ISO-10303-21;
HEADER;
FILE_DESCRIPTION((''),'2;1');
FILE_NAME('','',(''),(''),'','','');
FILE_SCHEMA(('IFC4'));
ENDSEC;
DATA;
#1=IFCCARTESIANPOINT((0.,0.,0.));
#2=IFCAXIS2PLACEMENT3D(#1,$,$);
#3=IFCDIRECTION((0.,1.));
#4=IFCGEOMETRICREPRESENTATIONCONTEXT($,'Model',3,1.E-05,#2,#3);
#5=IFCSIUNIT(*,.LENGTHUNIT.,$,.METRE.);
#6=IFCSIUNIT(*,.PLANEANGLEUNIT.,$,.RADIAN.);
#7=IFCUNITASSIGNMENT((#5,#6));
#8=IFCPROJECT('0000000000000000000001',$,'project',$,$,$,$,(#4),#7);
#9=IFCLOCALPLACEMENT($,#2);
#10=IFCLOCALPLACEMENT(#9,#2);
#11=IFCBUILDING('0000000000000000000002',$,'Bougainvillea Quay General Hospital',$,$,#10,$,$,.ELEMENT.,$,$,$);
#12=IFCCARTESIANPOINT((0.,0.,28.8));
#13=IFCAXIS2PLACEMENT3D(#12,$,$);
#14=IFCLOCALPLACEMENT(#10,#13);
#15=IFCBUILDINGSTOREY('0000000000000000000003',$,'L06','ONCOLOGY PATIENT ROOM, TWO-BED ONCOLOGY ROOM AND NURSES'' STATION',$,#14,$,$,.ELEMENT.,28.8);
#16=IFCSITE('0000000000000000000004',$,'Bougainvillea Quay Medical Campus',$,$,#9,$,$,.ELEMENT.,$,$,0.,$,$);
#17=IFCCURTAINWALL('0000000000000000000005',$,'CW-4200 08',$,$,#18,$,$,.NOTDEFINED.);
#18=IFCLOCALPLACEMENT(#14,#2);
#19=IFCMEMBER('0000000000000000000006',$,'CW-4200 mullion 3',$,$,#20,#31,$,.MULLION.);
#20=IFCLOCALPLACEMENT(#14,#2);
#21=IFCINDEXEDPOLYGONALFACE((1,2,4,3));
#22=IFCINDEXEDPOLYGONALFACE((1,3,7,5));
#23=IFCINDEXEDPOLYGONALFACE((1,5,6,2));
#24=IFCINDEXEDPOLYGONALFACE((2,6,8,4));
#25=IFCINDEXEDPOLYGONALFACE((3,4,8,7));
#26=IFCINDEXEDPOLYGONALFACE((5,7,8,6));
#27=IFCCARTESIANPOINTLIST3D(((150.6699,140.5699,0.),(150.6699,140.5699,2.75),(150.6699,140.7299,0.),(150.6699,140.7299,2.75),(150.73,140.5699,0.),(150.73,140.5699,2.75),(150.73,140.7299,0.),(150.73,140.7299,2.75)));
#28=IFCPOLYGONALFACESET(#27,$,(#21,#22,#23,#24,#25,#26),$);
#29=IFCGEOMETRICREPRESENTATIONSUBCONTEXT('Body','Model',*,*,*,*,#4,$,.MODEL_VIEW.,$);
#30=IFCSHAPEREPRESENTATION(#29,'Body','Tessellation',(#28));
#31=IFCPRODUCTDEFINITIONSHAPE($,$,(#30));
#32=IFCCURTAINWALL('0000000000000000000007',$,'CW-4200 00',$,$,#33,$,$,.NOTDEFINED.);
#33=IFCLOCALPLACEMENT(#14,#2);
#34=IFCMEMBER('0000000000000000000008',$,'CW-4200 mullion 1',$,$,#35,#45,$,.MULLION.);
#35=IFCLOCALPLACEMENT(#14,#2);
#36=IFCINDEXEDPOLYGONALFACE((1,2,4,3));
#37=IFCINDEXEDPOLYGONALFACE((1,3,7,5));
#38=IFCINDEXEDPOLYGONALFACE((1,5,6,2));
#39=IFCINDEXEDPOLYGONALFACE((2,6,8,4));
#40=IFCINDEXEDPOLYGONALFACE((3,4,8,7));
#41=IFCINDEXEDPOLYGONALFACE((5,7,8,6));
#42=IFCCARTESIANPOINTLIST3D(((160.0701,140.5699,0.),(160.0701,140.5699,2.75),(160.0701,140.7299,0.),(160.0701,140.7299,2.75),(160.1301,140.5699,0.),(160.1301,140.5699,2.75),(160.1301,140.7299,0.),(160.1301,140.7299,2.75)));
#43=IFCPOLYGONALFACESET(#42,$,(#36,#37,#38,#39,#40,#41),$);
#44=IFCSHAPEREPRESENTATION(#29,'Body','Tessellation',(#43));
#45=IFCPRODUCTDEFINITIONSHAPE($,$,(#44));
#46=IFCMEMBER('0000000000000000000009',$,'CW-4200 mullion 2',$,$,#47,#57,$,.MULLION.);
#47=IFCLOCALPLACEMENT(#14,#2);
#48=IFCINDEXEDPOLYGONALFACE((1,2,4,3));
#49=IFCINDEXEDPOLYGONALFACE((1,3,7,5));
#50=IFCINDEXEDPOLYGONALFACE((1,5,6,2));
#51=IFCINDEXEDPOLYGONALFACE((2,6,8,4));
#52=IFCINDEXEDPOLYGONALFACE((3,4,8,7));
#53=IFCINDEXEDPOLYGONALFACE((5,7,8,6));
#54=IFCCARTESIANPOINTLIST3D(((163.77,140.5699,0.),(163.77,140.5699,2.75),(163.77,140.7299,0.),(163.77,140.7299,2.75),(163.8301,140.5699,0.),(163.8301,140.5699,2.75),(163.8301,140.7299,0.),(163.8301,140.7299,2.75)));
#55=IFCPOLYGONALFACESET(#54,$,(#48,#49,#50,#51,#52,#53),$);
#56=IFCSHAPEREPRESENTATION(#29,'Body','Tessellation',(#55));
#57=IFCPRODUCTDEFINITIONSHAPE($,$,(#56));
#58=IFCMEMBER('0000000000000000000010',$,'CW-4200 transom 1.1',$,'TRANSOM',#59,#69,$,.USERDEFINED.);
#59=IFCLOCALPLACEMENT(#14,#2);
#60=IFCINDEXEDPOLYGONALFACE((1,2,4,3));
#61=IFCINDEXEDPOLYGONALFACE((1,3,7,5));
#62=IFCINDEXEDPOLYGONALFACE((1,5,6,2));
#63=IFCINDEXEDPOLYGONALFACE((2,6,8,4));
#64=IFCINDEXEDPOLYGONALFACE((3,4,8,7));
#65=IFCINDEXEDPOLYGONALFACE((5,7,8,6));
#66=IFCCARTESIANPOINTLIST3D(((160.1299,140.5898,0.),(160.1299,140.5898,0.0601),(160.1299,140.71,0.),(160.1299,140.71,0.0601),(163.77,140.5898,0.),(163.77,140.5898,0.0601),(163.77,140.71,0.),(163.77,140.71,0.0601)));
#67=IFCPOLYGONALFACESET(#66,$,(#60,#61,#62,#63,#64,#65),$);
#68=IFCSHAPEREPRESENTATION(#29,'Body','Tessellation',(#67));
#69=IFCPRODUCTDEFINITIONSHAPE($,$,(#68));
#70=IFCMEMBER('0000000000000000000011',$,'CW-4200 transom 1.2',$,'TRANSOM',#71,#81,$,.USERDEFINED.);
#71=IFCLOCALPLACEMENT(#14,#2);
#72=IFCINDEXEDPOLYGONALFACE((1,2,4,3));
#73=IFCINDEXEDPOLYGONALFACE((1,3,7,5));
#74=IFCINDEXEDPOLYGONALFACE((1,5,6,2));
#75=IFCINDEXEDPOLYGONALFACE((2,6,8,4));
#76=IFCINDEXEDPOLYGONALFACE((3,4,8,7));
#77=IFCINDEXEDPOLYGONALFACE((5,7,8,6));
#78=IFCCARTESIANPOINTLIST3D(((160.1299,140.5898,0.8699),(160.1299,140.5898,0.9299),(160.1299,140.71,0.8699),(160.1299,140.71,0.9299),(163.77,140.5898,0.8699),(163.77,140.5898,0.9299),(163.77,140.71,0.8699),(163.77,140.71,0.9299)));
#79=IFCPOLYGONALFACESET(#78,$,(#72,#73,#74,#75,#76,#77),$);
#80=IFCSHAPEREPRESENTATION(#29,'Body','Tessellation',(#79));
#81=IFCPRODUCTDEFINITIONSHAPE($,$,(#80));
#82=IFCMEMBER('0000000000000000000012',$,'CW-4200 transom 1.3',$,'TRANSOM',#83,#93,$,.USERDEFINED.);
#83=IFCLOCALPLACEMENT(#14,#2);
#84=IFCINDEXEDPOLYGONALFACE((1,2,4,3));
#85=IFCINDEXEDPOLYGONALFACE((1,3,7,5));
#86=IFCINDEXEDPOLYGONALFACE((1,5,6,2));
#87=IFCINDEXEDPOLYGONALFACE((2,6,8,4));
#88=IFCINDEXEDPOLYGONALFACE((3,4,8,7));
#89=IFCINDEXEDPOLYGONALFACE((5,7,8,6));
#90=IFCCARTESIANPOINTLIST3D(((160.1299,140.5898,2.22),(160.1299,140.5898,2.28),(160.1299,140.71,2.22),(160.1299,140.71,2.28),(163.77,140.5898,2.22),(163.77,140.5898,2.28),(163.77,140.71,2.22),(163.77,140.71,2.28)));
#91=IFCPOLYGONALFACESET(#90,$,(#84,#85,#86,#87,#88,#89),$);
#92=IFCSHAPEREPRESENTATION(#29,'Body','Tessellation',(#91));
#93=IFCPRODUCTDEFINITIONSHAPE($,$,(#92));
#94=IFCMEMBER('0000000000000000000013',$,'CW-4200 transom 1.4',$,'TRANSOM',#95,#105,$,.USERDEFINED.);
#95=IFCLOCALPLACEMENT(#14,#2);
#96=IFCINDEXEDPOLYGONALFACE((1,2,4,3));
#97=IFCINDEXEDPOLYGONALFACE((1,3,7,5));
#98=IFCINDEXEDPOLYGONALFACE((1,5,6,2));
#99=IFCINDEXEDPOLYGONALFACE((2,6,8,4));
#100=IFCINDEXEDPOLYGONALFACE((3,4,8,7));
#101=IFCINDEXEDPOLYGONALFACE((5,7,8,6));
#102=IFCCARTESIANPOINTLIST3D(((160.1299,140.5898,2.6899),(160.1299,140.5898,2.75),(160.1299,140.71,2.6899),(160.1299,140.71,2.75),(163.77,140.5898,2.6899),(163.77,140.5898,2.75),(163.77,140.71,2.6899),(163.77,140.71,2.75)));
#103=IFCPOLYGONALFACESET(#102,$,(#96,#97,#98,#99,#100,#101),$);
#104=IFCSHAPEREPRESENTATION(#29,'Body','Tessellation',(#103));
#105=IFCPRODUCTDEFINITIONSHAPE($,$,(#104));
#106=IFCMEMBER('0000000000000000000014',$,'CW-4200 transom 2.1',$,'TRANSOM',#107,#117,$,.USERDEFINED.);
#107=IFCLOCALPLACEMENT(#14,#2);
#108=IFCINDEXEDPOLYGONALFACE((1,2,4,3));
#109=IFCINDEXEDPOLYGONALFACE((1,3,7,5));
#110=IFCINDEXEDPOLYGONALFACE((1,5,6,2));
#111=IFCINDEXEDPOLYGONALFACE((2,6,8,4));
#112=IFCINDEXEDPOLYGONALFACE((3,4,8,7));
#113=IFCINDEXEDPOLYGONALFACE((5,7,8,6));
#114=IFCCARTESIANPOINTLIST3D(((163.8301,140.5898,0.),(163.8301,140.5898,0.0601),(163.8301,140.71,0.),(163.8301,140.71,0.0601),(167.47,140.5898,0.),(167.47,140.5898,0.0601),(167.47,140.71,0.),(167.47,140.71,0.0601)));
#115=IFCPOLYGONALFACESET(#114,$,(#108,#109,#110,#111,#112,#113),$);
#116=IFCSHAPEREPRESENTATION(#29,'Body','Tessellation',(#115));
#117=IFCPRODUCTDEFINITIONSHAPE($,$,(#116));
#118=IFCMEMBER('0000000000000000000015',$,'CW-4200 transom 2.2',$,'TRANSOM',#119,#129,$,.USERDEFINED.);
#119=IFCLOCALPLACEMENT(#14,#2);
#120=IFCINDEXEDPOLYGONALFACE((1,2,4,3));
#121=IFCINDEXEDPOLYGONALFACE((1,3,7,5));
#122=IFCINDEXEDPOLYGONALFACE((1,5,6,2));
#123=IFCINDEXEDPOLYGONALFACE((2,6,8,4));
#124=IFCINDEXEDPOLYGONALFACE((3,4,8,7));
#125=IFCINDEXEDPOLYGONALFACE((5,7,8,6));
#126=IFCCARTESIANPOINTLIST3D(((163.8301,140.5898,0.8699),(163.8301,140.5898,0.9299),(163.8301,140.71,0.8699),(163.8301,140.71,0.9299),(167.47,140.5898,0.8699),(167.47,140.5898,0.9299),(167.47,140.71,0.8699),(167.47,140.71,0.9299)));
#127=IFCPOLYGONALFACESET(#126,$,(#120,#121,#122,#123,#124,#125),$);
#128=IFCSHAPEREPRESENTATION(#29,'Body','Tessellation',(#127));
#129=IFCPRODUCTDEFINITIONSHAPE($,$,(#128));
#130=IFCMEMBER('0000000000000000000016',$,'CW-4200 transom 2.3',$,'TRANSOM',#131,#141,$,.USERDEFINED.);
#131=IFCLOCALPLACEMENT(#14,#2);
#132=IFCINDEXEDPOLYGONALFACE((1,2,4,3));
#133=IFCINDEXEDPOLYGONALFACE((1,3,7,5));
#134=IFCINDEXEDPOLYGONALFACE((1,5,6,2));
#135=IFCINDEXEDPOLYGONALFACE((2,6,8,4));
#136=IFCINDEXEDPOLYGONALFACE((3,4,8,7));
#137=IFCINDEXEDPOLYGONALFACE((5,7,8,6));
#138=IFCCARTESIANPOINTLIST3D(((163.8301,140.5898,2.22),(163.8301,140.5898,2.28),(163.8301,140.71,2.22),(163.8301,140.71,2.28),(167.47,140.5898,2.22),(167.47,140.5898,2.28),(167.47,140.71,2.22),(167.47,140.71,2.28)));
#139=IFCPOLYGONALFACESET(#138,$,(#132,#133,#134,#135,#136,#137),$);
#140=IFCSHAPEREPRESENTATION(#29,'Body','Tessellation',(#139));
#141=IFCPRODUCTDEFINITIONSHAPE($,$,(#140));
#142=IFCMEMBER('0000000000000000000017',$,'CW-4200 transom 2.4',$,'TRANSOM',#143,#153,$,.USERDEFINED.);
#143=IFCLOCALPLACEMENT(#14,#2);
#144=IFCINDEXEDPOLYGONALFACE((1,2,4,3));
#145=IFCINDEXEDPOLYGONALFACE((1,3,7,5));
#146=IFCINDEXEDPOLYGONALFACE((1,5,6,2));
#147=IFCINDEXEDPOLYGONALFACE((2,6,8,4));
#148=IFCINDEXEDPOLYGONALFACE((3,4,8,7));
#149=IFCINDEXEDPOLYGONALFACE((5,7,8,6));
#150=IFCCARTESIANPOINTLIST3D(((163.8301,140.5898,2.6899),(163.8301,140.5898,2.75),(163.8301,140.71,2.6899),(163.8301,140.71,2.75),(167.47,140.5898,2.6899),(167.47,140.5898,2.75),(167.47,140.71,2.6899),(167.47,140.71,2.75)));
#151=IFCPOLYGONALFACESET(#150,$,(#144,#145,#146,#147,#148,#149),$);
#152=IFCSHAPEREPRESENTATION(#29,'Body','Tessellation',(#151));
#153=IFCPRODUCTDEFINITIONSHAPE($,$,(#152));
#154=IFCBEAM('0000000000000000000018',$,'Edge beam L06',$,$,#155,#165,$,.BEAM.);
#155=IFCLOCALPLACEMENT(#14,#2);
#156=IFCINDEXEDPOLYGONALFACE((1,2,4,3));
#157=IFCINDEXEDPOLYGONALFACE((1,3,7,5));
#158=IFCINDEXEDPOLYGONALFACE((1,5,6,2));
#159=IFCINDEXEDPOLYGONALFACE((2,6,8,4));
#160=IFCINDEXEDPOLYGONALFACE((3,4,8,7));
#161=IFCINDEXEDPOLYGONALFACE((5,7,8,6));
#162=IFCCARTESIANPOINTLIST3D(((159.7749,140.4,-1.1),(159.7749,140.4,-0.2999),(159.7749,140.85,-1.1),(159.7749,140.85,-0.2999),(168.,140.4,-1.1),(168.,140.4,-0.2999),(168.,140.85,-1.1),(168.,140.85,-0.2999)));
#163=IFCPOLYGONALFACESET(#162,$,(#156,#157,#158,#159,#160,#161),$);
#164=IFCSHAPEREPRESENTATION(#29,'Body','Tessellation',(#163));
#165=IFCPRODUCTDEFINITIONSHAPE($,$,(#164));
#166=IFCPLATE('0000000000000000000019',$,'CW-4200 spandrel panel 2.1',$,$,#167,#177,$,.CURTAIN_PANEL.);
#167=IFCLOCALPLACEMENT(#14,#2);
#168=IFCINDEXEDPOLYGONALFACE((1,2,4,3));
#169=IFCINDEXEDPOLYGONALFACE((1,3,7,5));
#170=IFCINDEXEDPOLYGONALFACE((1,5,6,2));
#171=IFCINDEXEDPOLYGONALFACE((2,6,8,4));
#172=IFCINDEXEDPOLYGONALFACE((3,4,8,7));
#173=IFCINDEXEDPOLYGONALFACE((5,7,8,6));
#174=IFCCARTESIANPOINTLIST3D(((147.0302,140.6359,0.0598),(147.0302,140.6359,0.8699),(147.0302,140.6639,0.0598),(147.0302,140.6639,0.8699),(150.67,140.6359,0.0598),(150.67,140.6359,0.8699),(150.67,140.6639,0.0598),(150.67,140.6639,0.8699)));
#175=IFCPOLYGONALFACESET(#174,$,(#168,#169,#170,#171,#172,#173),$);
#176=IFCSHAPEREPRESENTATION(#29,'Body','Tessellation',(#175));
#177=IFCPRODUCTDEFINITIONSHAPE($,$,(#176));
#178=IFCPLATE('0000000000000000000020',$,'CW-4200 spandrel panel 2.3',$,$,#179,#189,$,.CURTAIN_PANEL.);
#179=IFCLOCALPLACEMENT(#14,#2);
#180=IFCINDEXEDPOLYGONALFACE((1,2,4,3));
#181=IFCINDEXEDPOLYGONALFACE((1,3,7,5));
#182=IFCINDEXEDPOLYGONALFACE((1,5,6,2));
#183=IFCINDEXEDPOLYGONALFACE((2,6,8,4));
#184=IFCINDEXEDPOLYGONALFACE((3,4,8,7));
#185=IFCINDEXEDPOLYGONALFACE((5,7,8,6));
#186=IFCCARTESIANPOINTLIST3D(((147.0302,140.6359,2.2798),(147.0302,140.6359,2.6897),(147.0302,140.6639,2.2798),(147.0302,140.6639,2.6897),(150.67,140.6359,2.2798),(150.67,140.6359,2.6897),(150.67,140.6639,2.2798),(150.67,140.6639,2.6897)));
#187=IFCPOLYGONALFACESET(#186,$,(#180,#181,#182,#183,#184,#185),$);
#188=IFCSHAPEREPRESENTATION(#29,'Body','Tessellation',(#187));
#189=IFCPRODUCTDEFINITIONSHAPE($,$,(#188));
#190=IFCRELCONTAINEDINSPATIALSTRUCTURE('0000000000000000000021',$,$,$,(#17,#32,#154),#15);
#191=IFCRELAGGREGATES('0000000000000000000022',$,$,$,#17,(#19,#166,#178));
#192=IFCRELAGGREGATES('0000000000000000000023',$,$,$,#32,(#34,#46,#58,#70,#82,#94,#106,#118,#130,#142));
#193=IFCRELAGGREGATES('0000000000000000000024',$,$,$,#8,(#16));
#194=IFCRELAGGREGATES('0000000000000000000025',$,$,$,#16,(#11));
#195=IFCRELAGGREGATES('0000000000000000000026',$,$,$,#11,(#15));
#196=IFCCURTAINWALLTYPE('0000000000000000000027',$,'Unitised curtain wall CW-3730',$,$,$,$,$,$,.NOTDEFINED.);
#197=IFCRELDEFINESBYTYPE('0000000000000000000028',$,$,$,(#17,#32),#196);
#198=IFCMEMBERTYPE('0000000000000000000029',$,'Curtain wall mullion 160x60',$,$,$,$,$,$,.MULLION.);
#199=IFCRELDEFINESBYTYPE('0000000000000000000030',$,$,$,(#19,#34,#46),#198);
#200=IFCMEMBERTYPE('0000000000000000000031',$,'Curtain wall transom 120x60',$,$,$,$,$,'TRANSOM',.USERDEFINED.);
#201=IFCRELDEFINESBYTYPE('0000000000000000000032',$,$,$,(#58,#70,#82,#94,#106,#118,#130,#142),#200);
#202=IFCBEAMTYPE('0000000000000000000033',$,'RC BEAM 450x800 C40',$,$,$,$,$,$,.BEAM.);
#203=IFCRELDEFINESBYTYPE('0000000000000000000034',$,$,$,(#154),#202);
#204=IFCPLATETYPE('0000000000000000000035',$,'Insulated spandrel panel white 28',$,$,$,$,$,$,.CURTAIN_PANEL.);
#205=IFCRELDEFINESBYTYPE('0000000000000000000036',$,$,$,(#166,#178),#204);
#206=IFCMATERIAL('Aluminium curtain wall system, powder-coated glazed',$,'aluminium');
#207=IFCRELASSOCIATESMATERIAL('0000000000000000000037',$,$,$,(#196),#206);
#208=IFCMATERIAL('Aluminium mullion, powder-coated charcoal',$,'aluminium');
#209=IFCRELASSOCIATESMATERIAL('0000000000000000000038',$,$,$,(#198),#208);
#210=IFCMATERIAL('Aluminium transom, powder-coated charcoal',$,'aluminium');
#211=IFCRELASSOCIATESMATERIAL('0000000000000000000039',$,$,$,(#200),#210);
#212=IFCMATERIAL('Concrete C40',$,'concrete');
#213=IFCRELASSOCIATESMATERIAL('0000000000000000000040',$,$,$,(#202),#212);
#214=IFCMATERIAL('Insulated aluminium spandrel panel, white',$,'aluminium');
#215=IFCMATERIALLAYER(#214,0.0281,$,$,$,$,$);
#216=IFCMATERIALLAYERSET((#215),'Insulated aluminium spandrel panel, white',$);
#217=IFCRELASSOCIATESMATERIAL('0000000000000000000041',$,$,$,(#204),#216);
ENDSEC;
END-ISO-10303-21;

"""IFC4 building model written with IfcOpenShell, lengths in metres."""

from ifc_helpers import new_model, si_unit, direction, frame, origin, origin_2d, place, context, subcontext, project, spatial, rectangle, extrude, material, layer, layer_set, material_profile, profile_set, type_object, element, aggregate, save


model = new_model("IFC4")

# Units and contexts
model_context = context("Model", 3, precision=1e-05, world=origin(), true_north=direction((0.0, 1.0)))
body_context = subcontext(model_context, "Body", "Model", "MODEL_VIEW")
ifc_project = project(units=[si_unit("LENGTHUNIT", "METRE"), si_unit("PLANEANGLEUNIT", "RADIAN")], contexts=[model_context])

# Site, building, storey
site_placement = place(None, origin())
site = spatial("IfcSite", under=ifc_project, at=site_placement, Name="Bougainvillea Quay Medical Campus", CompositionType="ELEMENT", RefElevation=0.0)
building_placement = place(site_placement, origin())
building = spatial("IfcBuilding", under=site, at=building_placement, Name="Bougainvillea Quay General Hospital", CompositionType="ELEMENT")
storey_placement = place(building_placement, frame((0.0, 0.0, 28.8)))
storey = spatial("IfcBuildingStorey", under=building, at=storey_placement, Name="L06", Description="ONCOLOGY PATIENT ROOM, TWO-BED ONCOLOGY ROOM AND NURSES' STATION", CompositionType="ELEMENT", Elevation=28.8)

# Curtain wall, member
ifc_material_1 = material(Name="Aluminium curtain wall system, powder-coated glazed", Category="aluminium")
curtain_wall_type = type_object("IfcCurtainWallType", Name="Unitised curtain wall CW-3730", PredefinedType="NOTDEFINED", material=ifc_material_1)
curtain_wall_1_placement = place(storey_placement, origin())
curtain_wall_1 = element("IfcCurtainWall", 1, at=curtain_wall_1_placement, inside=storey, type_object=curtain_wall_type, Name="CW-4200 08", PredefinedType="NOTDEFINED")
ifc_material_2 = material(Name="Aluminium mullion, powder-coated charcoal", Category="aluminium")
ifc_material_profile_1 = material_profile(ifc_material_2, rectangle(XDim=0.1599, YDim=0.0601, at=origin_2d()))
ifc_profile_set_1 = profile_set([ifc_material_profile_1], Name="Aluminium mullion, powder-coated charcoal")
member_type_1 = type_object("IfcMemberType", Name="Curtain wall mullion 160x60", PredefinedType="MULLION", material=ifc_profile_set_1)
member_1_placement = place(storey_placement, frame((150.7, 140.6499, 0.0), z_axis=(0.0, 0.0, 1.0), x_axis=(0.0, 1.0, 0.0)))
member_1 = element("IfcMember", 2, at=member_1_placement, type_object=member_type_1, Name="CW-4200 mullion 3", PredefinedType="MULLION", context=body_context, shape_type="SweptSolid", body=[
    extrude(rectangle(XDim=0.1599, YDim=0.0601, at=origin_2d()), origin(), (0.0, 0.0, 1.0), 2.75),
])

# Curtain wall, members
curtain_wall_2_placement = place(storey_placement, origin())
curtain_wall_2 = element("IfcCurtainWall", 3, at=curtain_wall_2_placement, inside=storey, type_object=curtain_wall_type, Name="CW-4200 00", PredefinedType="NOTDEFINED")
member_2_placement = place(storey_placement, frame((160.1001, 140.6499, 0.0), z_axis=(0.0, 0.0, 1.0), x_axis=(0.0, 1.0, 0.0)))
member_2 = element("IfcMember", 4, at=member_2_placement, type_object=member_type_1, Name="CW-4200 mullion 1", PredefinedType="MULLION", context=body_context, shape_type="SweptSolid", body=[
    extrude(rectangle(XDim=0.1599, YDim=0.0601, at=origin_2d()), origin(), (0.0, 0.0, 1.0), 2.75),
])
member_3_placement = place(storey_placement, frame((163.8, 140.6499, 0.0), z_axis=(0.0, 0.0, 1.0), x_axis=(0.0, 1.0, 0.0)))
member_3 = element("IfcMember", 5, at=member_3_placement, type_object=member_type_1, Name="CW-4200 mullion 2", PredefinedType="MULLION", context=body_context, shape_type="SweptSolid", body=[
    extrude(rectangle(XDim=0.1599, YDim=0.0601, at=origin_2d()), origin(), (0.0, 0.0, 1.0), 2.75),
])
ifc_material_3 = material(Name="Aluminium transom, powder-coated charcoal", Category="aluminium")
ifc_material_profile_2 = material_profile(ifc_material_3, rectangle(XDim=0.1201, YDim=0.0601, at=origin_2d()))
ifc_profile_set_2 = profile_set([ifc_material_profile_2], Name="Aluminium transom, powder-coated charcoal")
member_type_2 = type_object("IfcMemberType", Name="Curtain wall transom 120x60", ElementType="TRANSOM", PredefinedType="USERDEFINED", material=ifc_profile_set_2)
member_4_placement = place(storey_placement, frame((160.1299, 140.6499, 0.03), z_axis=(1.0, 0.0, 0.0), x_axis=(0.0, 1.0, 0.0)))
member_4 = element("IfcMember", 6, at=member_4_placement, type_object=member_type_2, Name="CW-4200 transom 1.1", ObjectType="TRANSOM", PredefinedType="USERDEFINED", context=body_context, shape_type="SweptSolid", body=[
    extrude(rectangle(XDim=0.1201, YDim=0.0601, at=origin_2d()), origin(), (0.0, 0.0, 1.0), 3.6401),
])
member_5_placement = place(storey_placement, frame((160.1299, 140.6499, 0.8999), z_axis=(1.0, 0.0, 0.0), x_axis=(0.0, 1.0, 0.0)))
member_5 = element("IfcMember", 7, at=member_5_placement, type_object=member_type_2, Name="CW-4200 transom 1.2", ObjectType="TRANSOM", PredefinedType="USERDEFINED", context=body_context, shape_type="SweptSolid", body=[
    extrude(rectangle(XDim=0.1201, YDim=0.0601, at=origin_2d()), origin(), (0.0, 0.0, 1.0), 3.6401),
])
member_6_placement = place(storey_placement, frame((160.1299, 140.6499, 2.25), z_axis=(1.0, 0.0, 0.0), x_axis=(0.0, 1.0, 0.0)))
member_6 = element("IfcMember", 8, at=member_6_placement, type_object=member_type_2, Name="CW-4200 transom 1.3", ObjectType="TRANSOM", PredefinedType="USERDEFINED", context=body_context, shape_type="SweptSolid", body=[
    extrude(rectangle(XDim=0.1201, YDim=0.0601, at=origin_2d()), origin(), (0.0, 0.0, 1.0), 3.6401),
])
member_7_placement = place(storey_placement, frame((160.1299, 140.6499, 2.72), z_axis=(1.0, 0.0, 0.0), x_axis=(0.0, 1.0, 0.0)))
member_7 = element("IfcMember", 9, at=member_7_placement, type_object=member_type_2, Name="CW-4200 transom 1.4", ObjectType="TRANSOM", PredefinedType="USERDEFINED", context=body_context, shape_type="SweptSolid", body=[
    extrude(rectangle(XDim=0.1201, YDim=0.0601, at=origin_2d()), origin(), (0.0, 0.0, 1.0), 3.6401),
])
member_8_placement = place(storey_placement, frame((163.8301, 140.6499, 0.03), z_axis=(1.0, 0.0, 0.0), x_axis=(0.0, 1.0, 0.0)))
member_8 = element("IfcMember", 10, at=member_8_placement, type_object=member_type_2, Name="CW-4200 transom 2.1", ObjectType="TRANSOM", PredefinedType="USERDEFINED", context=body_context, shape_type="SweptSolid", body=[
    extrude(rectangle(XDim=0.1201, YDim=0.0601, at=origin_2d()), origin(), (0.0, 0.0, 1.0), 3.6399),
])
member_9_placement = place(storey_placement, frame((163.8301, 140.6499, 0.8999), z_axis=(1.0, 0.0, 0.0), x_axis=(0.0, 1.0, 0.0)))
member_9 = element("IfcMember", 11, at=member_9_placement, type_object=member_type_2, Name="CW-4200 transom 2.2", ObjectType="TRANSOM", PredefinedType="USERDEFINED", context=body_context, shape_type="SweptSolid", body=[
    extrude(rectangle(XDim=0.1201, YDim=0.0601, at=origin_2d()), origin(), (0.0, 0.0, 1.0), 3.6399),
])
member_10_placement = place(storey_placement, frame((163.8301, 140.6499, 2.25), z_axis=(1.0, 0.0, 0.0), x_axis=(0.0, 1.0, 0.0)))
member_10 = element("IfcMember", 12, at=member_10_placement, type_object=member_type_2, Name="CW-4200 transom 2.3", ObjectType="TRANSOM", PredefinedType="USERDEFINED", context=body_context, shape_type="SweptSolid", body=[
    extrude(rectangle(XDim=0.1201, YDim=0.0601, at=origin_2d()), origin(), (0.0, 0.0, 1.0), 3.6399),
])
member_11_placement = place(storey_placement, frame((163.8301, 140.6499, 2.72), z_axis=(1.0, 0.0, 0.0), x_axis=(0.0, 1.0, 0.0)))
member_11 = element("IfcMember", 13, at=member_11_placement, type_object=member_type_2, Name="CW-4200 transom 2.4", ObjectType="TRANSOM", PredefinedType="USERDEFINED", context=body_context, shape_type="SweptSolid", body=[
    extrude(rectangle(XDim=0.1201, YDim=0.0601, at=origin_2d()), origin(), (0.0, 0.0, 1.0), 3.6399),
])

# Beam
ifc_material_4 = material(Name="Concrete C40", Category="concrete")
ifc_material_profile_3 = material_profile(ifc_material_4, rectangle(XDim=0.45, YDim=0.8, at=origin_2d()))
ifc_profile_set_3 = profile_set([ifc_material_profile_3], Name="Concrete C40")
beam_type = type_object("IfcBeamType", Name="RC BEAM 450x800 C40", PredefinedType="BEAM", material=ifc_profile_set_3)
beam_placement = place(storey_placement, frame((159.7749, 140.625, -0.7), z_axis=(1.0, 0.0, 0.0), x_axis=(0.0, 1.0, 0.0)))
element("IfcBeam", 14, at=beam_placement, inside=storey, type_object=beam_type, Name="Edge beam L06", PredefinedType="BEAM", context=body_context, shape_type="SweptSolid", body=[
    extrude(rectangle(XDim=0.45, YDim=0.8, at=origin_2d()), origin(), (0.0, 0.0, 1.0), 8.2251),
])

# Plates
ifc_material_5 = material(Name="Insulated aluminium spandrel panel, white", Category="aluminium")
ifc_layer_1 = layer(ifc_material_5, 0.0281)
ifc_layer_set_1 = layer_set([ifc_layer_1], Name="Insulated aluminium spandrel panel, white")
plate_type_1 = type_object("IfcPlateType", Name="Insulated spandrel panel white 28", PredefinedType="CURTAIN_PANEL", material=ifc_layer_set_1)
plate_1_placement = place(storey_placement, frame((148.8501, 140.6499, 0.0598), z_axis=(0.0, 0.0, 1.0), x_axis=(1.0, 0.0, 0.0)))
plate_1 = element("IfcPlate", 15, at=plate_1_placement, type_object=plate_type_1, Name="CW-4200 spandrel panel 2.1", PredefinedType="CURTAIN_PANEL", context=body_context, shape_type="SweptSolid", body=[
    extrude(rectangle(XDim=3.6399, YDim=0.0281, at=origin_2d()), origin(), (0.0, 0.0, 1.0), 0.8101),
])
plate_2_placement = place(storey_placement, frame((148.8501, 140.6499, 2.2798), z_axis=(0.0, 0.0, 1.0), x_axis=(1.0, 0.0, 0.0)))
plate_2 = element("IfcPlate", 16, at=plate_2_placement, type_object=plate_type_1, Name="CW-4200 spandrel panel 2.3", PredefinedType="CURTAIN_PANEL", context=body_context, shape_type="SweptSolid", body=[
    extrude(rectangle(XDim=3.6399, YDim=0.0281, at=origin_2d()), origin(), (0.0, 0.0, 1.0), 0.4099),
])
aggregate(curtain_wall_1, [member_1, plate_1, plate_2])
aggregate(curtain_wall_2, [member_2, member_3, member_4, member_5, member_6, member_7, member_8, member_9, member_10, member_11])

save(model, "model.ifc")
